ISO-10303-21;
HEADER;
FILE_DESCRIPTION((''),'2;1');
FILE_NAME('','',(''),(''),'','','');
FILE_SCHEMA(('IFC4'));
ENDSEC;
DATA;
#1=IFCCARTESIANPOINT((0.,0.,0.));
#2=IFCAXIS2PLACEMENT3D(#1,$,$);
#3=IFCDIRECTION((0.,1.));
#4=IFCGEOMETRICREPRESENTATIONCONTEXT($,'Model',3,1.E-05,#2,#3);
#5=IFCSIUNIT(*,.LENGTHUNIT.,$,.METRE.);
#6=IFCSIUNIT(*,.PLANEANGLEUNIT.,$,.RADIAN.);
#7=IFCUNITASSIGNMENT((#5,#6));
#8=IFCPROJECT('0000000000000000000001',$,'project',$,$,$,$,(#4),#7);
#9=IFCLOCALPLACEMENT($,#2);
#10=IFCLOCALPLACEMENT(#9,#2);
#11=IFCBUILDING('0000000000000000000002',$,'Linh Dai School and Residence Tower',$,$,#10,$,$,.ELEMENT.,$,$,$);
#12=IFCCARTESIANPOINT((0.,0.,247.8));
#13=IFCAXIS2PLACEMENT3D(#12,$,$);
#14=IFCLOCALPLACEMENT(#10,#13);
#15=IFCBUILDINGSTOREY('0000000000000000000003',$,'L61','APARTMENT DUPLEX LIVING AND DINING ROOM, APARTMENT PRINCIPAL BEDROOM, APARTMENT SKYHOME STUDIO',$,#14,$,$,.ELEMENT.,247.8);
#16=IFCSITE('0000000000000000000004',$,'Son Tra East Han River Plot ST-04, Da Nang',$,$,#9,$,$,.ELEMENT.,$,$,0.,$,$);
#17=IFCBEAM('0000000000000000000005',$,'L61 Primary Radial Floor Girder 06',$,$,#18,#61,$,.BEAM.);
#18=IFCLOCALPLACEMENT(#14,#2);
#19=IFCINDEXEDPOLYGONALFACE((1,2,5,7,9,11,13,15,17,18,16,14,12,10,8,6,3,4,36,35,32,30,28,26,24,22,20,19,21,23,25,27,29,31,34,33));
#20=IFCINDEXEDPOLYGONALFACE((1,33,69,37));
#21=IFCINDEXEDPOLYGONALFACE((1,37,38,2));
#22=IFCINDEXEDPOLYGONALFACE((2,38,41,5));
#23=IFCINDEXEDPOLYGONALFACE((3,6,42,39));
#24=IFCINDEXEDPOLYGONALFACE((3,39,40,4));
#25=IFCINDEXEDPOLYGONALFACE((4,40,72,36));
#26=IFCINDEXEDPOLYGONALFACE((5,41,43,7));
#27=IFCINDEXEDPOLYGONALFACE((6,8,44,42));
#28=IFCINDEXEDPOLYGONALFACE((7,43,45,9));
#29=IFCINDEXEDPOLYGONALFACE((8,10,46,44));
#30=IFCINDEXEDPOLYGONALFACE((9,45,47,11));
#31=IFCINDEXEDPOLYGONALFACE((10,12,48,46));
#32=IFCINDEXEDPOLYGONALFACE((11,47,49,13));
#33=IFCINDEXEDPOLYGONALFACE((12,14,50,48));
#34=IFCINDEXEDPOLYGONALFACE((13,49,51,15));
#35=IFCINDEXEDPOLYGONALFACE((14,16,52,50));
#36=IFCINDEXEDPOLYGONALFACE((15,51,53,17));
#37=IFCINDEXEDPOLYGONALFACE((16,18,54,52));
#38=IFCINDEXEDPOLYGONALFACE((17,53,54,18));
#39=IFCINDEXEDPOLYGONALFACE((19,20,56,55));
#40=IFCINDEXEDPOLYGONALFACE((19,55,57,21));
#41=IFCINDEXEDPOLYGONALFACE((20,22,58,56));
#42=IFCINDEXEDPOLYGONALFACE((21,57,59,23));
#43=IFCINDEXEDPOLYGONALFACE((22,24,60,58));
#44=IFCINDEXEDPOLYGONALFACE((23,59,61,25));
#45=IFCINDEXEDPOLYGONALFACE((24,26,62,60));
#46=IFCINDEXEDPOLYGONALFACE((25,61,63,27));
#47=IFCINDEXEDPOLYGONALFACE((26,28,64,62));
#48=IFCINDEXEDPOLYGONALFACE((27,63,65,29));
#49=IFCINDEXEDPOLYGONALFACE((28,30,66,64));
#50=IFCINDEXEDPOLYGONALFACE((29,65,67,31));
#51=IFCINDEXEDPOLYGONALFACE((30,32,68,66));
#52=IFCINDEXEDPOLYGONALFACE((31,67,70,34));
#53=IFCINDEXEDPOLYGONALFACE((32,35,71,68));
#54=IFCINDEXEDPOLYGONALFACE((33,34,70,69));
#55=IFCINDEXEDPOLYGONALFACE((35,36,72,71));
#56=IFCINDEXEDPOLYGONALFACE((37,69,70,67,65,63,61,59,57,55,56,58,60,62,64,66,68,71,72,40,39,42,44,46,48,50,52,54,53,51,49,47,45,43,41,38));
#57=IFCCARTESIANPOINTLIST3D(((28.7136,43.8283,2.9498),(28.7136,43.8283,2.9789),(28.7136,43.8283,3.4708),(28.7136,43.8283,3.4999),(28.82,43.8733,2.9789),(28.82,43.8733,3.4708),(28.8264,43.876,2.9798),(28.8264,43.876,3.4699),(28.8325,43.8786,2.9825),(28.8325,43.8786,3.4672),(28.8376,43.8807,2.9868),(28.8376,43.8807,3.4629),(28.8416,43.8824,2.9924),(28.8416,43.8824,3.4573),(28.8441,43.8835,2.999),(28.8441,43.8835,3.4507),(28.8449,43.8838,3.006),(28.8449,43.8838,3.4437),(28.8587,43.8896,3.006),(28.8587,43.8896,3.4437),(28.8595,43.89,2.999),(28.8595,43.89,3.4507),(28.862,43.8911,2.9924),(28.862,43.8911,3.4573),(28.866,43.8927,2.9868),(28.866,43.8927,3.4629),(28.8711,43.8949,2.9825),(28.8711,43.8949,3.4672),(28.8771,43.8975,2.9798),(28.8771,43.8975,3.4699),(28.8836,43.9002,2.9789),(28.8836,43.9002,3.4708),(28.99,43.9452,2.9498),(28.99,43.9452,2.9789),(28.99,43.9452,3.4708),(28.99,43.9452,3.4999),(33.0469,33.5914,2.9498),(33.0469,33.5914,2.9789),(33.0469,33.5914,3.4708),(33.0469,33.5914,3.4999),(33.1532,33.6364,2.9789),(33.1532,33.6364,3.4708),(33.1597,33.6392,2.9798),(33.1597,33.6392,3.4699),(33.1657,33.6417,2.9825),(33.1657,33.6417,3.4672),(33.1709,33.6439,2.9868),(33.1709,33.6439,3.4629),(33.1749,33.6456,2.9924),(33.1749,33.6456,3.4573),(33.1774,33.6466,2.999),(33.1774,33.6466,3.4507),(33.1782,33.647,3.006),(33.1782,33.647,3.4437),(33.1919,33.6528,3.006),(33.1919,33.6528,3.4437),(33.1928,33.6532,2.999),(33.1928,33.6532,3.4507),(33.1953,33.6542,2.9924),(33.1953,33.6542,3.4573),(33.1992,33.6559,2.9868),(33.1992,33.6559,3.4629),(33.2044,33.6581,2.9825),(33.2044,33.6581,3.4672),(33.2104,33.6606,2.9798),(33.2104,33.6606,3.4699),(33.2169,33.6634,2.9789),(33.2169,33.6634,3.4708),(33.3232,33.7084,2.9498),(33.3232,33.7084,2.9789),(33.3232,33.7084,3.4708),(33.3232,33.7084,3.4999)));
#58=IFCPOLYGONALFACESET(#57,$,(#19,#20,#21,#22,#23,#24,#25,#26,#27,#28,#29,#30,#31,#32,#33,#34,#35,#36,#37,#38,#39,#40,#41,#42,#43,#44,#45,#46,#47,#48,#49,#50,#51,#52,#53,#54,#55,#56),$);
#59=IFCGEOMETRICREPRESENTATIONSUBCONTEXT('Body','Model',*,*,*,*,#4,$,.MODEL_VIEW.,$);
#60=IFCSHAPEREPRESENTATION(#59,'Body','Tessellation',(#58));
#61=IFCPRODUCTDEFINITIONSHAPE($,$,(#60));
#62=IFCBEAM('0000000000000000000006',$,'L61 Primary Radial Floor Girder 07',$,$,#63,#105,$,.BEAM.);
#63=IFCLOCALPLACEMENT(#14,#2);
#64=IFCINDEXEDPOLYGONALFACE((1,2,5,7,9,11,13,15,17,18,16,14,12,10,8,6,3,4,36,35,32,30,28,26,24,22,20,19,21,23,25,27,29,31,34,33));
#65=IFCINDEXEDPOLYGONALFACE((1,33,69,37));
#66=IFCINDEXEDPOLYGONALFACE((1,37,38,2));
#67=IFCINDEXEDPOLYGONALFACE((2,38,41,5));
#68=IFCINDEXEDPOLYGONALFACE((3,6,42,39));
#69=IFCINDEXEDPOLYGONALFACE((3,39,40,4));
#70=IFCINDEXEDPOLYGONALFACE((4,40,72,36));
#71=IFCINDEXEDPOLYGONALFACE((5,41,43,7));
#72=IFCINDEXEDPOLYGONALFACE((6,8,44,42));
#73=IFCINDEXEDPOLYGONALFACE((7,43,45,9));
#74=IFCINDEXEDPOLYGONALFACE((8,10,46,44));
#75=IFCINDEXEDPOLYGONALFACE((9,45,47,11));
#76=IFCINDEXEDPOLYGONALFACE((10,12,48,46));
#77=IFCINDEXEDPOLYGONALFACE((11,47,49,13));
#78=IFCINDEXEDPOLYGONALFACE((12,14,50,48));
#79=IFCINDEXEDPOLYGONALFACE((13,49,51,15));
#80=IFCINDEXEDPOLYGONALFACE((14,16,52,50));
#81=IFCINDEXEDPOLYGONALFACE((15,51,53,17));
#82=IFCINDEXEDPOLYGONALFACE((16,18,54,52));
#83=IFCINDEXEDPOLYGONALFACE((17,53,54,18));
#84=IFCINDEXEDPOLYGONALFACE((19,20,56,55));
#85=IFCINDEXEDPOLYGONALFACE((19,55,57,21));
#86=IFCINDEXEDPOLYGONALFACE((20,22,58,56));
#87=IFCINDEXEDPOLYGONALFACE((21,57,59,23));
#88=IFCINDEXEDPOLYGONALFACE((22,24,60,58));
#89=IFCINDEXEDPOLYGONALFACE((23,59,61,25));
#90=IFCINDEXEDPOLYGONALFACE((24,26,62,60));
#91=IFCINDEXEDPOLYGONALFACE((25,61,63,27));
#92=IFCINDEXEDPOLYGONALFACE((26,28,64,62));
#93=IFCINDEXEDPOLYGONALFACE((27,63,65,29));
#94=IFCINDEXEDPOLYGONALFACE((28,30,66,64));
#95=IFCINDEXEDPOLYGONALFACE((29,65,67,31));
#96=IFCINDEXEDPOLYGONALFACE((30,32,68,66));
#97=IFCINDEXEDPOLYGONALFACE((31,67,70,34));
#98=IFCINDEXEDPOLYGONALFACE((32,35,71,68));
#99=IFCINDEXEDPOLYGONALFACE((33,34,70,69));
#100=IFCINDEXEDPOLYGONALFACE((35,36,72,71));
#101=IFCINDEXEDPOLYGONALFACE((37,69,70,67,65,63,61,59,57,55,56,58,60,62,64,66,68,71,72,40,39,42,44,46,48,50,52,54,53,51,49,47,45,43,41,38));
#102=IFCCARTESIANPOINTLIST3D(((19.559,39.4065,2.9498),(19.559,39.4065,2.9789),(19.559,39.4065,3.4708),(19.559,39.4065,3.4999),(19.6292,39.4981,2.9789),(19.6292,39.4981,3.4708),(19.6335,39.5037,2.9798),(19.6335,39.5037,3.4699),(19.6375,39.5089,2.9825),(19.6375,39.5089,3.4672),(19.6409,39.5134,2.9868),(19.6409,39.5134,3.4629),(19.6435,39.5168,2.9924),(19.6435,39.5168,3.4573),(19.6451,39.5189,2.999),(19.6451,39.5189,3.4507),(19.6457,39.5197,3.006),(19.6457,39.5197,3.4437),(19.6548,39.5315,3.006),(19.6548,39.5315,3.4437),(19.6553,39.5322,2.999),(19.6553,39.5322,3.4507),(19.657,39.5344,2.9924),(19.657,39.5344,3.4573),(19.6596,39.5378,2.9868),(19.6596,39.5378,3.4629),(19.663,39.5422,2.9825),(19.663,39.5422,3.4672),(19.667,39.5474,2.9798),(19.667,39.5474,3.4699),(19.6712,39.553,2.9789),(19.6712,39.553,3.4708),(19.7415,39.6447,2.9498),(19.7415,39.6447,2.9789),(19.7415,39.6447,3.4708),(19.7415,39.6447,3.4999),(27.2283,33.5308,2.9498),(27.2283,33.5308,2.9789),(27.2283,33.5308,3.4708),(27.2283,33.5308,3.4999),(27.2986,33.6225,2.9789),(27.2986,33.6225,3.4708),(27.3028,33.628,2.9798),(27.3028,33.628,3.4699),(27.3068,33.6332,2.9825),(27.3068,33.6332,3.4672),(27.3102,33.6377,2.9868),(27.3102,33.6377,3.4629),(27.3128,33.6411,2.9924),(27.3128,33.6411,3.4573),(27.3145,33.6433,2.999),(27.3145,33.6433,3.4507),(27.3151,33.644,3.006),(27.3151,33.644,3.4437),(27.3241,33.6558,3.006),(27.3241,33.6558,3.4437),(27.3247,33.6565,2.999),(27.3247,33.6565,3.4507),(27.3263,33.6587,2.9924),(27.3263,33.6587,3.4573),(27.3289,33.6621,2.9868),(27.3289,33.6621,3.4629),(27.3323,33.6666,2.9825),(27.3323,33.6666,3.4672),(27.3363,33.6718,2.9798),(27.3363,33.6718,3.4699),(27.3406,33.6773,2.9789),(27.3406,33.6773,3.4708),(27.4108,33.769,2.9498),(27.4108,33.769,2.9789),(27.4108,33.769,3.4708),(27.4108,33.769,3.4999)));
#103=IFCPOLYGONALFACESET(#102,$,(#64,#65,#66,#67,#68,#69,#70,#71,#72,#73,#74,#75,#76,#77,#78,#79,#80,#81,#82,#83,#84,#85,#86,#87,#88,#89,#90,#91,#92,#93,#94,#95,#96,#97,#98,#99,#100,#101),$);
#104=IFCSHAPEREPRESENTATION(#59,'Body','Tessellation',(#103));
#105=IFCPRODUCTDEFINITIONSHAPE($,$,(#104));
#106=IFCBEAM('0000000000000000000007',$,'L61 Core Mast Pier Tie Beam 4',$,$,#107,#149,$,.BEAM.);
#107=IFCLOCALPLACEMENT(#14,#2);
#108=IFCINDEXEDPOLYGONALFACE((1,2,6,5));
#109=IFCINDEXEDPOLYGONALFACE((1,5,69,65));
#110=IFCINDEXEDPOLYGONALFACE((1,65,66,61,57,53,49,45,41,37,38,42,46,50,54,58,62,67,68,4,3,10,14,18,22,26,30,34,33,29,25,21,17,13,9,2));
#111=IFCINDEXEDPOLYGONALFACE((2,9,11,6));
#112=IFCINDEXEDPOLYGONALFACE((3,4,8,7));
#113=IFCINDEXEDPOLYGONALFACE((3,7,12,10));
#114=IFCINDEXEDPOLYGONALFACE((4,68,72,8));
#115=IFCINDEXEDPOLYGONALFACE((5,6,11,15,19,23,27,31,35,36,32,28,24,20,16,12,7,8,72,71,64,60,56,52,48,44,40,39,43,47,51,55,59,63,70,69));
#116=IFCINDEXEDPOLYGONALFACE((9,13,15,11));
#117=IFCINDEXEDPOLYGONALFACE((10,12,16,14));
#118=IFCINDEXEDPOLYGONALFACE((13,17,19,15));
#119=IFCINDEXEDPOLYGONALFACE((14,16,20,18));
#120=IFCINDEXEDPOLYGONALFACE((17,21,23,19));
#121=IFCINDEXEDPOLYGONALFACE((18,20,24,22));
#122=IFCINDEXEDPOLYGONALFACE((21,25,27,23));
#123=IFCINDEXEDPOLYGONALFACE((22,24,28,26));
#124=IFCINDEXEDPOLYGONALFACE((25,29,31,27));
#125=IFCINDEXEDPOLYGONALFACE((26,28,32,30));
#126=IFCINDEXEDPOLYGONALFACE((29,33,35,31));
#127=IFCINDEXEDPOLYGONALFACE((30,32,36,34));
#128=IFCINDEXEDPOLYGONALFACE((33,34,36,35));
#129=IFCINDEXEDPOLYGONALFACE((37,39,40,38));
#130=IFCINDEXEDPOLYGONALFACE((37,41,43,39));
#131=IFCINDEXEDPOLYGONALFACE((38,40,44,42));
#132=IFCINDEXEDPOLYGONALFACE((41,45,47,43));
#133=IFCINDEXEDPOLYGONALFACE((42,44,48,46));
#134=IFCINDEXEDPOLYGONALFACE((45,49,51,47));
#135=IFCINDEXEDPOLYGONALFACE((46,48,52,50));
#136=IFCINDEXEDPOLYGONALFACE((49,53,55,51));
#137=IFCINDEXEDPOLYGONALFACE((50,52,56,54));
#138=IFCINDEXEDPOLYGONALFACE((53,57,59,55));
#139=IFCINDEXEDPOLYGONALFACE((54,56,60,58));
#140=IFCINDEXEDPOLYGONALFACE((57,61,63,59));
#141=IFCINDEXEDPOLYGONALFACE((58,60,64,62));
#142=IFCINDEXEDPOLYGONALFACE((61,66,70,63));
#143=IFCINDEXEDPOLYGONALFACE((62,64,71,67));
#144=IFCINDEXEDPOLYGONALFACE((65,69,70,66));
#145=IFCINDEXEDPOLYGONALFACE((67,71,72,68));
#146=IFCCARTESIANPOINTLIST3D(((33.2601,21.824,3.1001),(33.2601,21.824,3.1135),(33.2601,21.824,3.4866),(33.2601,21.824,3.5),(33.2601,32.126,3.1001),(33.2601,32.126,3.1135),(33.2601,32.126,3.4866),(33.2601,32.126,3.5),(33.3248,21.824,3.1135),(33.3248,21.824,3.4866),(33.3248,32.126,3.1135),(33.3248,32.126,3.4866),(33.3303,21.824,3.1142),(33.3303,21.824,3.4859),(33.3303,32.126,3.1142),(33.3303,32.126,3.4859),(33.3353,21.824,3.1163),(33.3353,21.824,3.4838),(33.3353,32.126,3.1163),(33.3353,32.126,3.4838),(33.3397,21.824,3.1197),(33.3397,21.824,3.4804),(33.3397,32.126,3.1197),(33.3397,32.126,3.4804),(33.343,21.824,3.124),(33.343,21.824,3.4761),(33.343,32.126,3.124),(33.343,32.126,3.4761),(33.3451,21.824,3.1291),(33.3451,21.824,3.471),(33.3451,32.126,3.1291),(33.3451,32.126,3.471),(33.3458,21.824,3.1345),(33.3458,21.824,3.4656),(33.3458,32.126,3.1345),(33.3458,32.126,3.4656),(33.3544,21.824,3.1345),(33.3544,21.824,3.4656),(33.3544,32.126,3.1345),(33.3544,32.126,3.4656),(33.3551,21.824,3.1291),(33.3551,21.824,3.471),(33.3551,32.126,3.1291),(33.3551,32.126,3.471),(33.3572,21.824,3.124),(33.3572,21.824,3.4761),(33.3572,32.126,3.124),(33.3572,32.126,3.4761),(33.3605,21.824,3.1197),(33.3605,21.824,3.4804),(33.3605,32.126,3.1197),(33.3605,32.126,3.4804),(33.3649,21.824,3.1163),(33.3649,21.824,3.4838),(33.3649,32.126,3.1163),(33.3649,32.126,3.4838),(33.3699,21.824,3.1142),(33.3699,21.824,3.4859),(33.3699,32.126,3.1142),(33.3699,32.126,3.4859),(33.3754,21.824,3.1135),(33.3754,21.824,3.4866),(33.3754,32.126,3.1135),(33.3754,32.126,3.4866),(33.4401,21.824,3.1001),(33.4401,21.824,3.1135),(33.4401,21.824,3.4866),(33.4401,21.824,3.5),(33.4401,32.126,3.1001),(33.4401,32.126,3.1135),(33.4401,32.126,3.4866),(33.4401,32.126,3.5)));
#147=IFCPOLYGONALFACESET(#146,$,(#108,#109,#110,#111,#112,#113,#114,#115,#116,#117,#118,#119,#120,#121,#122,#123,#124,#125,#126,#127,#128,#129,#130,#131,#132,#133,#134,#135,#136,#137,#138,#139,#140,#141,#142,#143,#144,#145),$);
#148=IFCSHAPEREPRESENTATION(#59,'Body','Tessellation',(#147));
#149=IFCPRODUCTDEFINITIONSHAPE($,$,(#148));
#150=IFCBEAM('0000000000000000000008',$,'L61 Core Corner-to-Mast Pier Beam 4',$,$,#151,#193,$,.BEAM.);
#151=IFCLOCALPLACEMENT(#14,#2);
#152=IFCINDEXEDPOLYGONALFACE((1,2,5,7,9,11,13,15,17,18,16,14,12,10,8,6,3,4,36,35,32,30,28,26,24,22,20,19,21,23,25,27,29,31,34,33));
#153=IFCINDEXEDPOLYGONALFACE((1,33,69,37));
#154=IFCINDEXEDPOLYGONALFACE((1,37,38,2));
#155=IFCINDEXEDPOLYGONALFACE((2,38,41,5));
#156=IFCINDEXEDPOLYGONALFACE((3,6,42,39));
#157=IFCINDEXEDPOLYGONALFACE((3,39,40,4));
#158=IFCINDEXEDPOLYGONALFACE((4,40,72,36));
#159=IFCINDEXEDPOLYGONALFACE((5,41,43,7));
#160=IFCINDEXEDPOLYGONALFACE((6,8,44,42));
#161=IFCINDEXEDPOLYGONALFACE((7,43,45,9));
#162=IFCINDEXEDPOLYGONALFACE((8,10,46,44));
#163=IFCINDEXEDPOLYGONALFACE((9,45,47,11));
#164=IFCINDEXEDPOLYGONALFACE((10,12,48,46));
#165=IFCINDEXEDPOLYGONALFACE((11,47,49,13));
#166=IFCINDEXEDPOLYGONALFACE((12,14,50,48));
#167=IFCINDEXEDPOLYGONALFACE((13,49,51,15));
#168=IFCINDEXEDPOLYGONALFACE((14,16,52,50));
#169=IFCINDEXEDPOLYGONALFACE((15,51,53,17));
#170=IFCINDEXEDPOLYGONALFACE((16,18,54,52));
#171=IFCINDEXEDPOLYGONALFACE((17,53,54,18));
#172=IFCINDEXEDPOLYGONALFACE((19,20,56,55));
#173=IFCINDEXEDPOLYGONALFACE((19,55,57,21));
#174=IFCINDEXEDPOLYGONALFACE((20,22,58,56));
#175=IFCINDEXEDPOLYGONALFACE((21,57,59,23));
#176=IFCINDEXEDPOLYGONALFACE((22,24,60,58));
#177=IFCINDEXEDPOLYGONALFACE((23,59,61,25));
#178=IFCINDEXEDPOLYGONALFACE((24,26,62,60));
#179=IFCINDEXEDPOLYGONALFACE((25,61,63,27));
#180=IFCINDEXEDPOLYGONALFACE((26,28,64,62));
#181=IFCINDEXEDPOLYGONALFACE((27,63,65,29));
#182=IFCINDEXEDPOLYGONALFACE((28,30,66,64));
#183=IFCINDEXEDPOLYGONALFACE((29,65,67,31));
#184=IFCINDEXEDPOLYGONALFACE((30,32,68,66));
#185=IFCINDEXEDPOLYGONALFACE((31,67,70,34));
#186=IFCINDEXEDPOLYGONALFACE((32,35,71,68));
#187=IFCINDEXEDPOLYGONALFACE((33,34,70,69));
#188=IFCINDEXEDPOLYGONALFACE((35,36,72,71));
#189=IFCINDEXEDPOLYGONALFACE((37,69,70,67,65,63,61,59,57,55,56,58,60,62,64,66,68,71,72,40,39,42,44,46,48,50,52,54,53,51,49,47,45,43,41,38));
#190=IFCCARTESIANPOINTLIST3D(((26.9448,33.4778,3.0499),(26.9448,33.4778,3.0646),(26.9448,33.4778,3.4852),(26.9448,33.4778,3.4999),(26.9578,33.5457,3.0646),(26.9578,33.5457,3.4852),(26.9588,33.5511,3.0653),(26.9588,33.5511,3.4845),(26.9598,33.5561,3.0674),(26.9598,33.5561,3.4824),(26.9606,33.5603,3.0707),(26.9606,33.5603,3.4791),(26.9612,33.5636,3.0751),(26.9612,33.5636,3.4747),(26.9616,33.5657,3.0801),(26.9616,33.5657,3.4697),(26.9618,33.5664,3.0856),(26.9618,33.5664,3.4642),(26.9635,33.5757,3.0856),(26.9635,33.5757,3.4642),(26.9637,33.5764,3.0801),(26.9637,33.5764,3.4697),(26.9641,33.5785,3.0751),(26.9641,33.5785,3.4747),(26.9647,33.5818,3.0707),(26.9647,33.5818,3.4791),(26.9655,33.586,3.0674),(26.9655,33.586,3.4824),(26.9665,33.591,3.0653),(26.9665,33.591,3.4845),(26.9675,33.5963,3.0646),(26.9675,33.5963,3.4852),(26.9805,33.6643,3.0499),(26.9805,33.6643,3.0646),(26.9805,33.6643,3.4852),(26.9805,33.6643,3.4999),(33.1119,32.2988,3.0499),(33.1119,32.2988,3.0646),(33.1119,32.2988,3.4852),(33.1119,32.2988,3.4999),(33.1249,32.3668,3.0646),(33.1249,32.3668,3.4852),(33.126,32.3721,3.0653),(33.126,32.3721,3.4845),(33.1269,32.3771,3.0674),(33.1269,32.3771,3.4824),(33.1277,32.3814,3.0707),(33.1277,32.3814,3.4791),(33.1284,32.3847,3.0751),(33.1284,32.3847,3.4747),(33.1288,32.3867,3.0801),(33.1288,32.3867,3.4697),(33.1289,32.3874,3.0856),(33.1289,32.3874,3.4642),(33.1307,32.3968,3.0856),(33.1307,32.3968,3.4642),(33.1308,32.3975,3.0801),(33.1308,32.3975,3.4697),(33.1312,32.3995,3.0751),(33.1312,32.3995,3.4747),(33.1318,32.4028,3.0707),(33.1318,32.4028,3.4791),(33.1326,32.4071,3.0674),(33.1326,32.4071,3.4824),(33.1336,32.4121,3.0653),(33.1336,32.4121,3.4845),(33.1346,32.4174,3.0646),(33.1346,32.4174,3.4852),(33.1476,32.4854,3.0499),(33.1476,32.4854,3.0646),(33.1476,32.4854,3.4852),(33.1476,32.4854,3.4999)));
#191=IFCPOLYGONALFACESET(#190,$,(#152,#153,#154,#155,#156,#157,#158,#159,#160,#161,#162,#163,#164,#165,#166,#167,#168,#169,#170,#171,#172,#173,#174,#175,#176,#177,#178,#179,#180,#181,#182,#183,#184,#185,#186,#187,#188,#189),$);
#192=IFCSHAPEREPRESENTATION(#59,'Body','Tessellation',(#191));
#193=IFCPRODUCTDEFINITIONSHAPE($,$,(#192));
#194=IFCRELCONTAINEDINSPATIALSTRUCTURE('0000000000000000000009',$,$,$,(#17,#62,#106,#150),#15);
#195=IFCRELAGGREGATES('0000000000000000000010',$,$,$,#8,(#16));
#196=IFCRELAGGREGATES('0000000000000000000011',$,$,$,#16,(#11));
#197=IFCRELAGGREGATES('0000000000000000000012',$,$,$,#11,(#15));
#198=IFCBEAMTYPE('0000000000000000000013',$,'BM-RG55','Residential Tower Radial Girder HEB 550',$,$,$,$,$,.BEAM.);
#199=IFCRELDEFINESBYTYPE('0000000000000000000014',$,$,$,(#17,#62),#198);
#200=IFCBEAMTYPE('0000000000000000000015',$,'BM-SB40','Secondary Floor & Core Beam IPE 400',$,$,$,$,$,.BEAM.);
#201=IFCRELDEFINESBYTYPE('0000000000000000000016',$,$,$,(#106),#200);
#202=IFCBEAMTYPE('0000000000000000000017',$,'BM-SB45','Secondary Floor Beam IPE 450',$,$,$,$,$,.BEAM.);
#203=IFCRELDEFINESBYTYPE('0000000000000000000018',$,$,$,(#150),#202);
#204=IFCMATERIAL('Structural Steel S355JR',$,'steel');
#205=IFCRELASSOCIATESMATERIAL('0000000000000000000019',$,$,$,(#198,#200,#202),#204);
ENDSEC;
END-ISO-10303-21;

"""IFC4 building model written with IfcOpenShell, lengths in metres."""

from ifc_helpers import new_model, si_unit, direction, frame, origin, origin_2d, place, context, subcontext, project, spatial, i_section, extrude, material, material_profile, profile_set, type_object, element, save


model = new_model("IFC4")

# Units and contexts
model_context = context("Model", 3, precision=1e-05, world=origin(), true_north=direction((0.0, 1.0)))
body_context = subcontext(model_context, "Body", "Model", "MODEL_VIEW")
ifc_project = project(units=[si_unit("LENGTHUNIT", "METRE"), si_unit("PLANEANGLEUNIT", "RADIAN")], contexts=[model_context])

# Site, building, storey
site_placement = place(None, origin())
site = spatial("IfcSite", under=ifc_project, at=site_placement, Name="Son Tra East Han River Plot ST-04, Da Nang", CompositionType="ELEMENT", RefElevation=0.0)
building_placement = place(site_placement, origin())
building = spatial("IfcBuilding", under=site, at=building_placement, Name="Linh Dai School and Residence Tower", CompositionType="ELEMENT")
storey_placement = place(building_placement, frame((0.0, 0.0, 247.8)))
storey = spatial("IfcBuildingStorey", under=building, at=storey_placement, Name="L61", Description="APARTMENT DUPLEX LIVING AND DINING ROOM, APARTMENT PRINCIPAL BEDROOM, APARTMENT SKYHOME STUDIO", CompositionType="ELEMENT", Elevation=247.8)

# Shared definitions
ifc_material_1 = material(Name="Structural Steel S355JR", Category="steel")

# Beams
ifc_material_profile_1 = material_profile(ifc_material_1, i_section(OverallWidth=0.3, OverallDepth=0.55, WebThickness=0.0149, FlangeThickness=0.0291, FilletRadius=0.0271, at=origin_2d()), Name="HEB 550")
ifc_profile_set_1 = profile_set([ifc_material_profile_1], Name="Structural Steel S355JR")
beam_type_1 = type_object("IfcBeamType", Name="BM-RG55", Description="Residential Tower Radial Girder HEB 550", PredefinedType="BEAM", material=ifc_profile_set_1)
beam_1_placement = place(storey_placement, frame((33.1851, 33.6499, 3.2249), z_axis=(-0.389815, 0.920893, 0.0), x_axis=(-0.920893, -0.389815, 0.0)))
element("IfcBeam", 1, at=beam_1_placement, inside=storey, type_object=beam_type_1, Name="L61 Primary Radial Floor Girder 06", PredefinedType="BEAM", context=body_context, shape_type="SweptSolid", body=[
    extrude(i_section(OverallWidth=0.3, OverallDepth=0.55, WebThickness=0.0149, FlangeThickness=0.0291, FilletRadius=0.0271, at=origin_2d()), origin(), (0.0, 0.0, 1.0), 11.1162),
])
beam_2_placement = place(storey_placement, frame((27.3196, 33.6499, 3.2249), z_axis=(-0.793815, 0.60816, 0.0), x_axis=(-0.60816, -0.793815, 0.0)))
element("IfcBeam", 2, at=beam_2_placement, inside=storey, type_object=beam_type_1, Name="L61 Primary Radial Floor Girder 07", PredefinedType="BEAM", context=body_context, shape_type="SweptSolid", body=[
    extrude(i_section(OverallWidth=0.3, OverallDepth=0.55, WebThickness=0.0149, FlangeThickness=0.0291, FilletRadius=0.0271, at=origin_2d()), origin(), (0.0, 0.0, 1.0), 9.6614),
])
ifc_material_profile_2 = material_profile(ifc_material_1, i_section(OverallWidth=0.1799, OverallDepth=0.3999, WebThickness=0.0085, FlangeThickness=0.0134, FilletRadius=0.021, at=origin_2d()), Name="IPE 400")
ifc_profile_set_2 = profile_set([ifc_material_profile_2], Name="Structural Steel S355JR")
beam_type_2 = type_object("IfcBeamType", Name="BM-SB40", Description="Secondary Floor & Core Beam IPE 400", PredefinedType="BEAM", material=ifc_profile_set_2)
beam_3_placement = place(storey_placement, frame((33.3501, 32.126, 3.3), z_axis=(0.0, -1.0, 0.0), x_axis=(1.0, 0.0, 0.0)))
element("IfcBeam", 3, at=beam_3_placement, inside=storey, type_object=beam_type_2, Name="L61 Core Mast Pier Tie Beam 4", PredefinedType="BEAM", context=body_context, shape_type="SweptSolid", body=[
    extrude(i_section(OverallWidth=0.1799, OverallDepth=0.3999, WebThickness=0.0085, FlangeThickness=0.0134, FilletRadius=0.021, at=origin_2d()), origin(), (0.0, 0.0, 1.0), 10.302),
])
ifc_material_profile_3 = material_profile(ifc_material_1, i_section(OverallWidth=0.1899, OverallDepth=0.45, WebThickness=0.0095, FlangeThickness=0.0146, FilletRadius=0.021, at=origin_2d()), Name="IPE 450")
ifc_profile_set_3 = profile_set([ifc_material_profile_3], Name="Structural Steel S355JR")
beam_type_3 = type_object("IfcBeamType", Name="BM-SB45", Description="Secondary Floor Beam IPE 450", PredefinedType="BEAM", material=ifc_profile_set_3)
beam_4_placement = place(storey_placement, frame((26.9626, 33.571, 3.2749), z_axis=(0.982214, -0.187764, 0.0), x_axis=(0.187764, 0.982214, 0.0)))
element("IfcBeam", 4, at=beam_4_placement, inside=storey, type_object=beam_type_3, Name="L61 Core Corner-to-Mast Pier Beam 4", PredefinedType="BEAM", context=body_context, shape_type="SweptSolid", body=[
    extrude(i_section(OverallWidth=0.1899, OverallDepth=0.45, WebThickness=0.0095, FlangeThickness=0.0146, FilletRadius=0.021, at=origin_2d()), origin(), (0.0, 0.0, 1.0), 6.2788),
])

save(model, "model.ifc")
